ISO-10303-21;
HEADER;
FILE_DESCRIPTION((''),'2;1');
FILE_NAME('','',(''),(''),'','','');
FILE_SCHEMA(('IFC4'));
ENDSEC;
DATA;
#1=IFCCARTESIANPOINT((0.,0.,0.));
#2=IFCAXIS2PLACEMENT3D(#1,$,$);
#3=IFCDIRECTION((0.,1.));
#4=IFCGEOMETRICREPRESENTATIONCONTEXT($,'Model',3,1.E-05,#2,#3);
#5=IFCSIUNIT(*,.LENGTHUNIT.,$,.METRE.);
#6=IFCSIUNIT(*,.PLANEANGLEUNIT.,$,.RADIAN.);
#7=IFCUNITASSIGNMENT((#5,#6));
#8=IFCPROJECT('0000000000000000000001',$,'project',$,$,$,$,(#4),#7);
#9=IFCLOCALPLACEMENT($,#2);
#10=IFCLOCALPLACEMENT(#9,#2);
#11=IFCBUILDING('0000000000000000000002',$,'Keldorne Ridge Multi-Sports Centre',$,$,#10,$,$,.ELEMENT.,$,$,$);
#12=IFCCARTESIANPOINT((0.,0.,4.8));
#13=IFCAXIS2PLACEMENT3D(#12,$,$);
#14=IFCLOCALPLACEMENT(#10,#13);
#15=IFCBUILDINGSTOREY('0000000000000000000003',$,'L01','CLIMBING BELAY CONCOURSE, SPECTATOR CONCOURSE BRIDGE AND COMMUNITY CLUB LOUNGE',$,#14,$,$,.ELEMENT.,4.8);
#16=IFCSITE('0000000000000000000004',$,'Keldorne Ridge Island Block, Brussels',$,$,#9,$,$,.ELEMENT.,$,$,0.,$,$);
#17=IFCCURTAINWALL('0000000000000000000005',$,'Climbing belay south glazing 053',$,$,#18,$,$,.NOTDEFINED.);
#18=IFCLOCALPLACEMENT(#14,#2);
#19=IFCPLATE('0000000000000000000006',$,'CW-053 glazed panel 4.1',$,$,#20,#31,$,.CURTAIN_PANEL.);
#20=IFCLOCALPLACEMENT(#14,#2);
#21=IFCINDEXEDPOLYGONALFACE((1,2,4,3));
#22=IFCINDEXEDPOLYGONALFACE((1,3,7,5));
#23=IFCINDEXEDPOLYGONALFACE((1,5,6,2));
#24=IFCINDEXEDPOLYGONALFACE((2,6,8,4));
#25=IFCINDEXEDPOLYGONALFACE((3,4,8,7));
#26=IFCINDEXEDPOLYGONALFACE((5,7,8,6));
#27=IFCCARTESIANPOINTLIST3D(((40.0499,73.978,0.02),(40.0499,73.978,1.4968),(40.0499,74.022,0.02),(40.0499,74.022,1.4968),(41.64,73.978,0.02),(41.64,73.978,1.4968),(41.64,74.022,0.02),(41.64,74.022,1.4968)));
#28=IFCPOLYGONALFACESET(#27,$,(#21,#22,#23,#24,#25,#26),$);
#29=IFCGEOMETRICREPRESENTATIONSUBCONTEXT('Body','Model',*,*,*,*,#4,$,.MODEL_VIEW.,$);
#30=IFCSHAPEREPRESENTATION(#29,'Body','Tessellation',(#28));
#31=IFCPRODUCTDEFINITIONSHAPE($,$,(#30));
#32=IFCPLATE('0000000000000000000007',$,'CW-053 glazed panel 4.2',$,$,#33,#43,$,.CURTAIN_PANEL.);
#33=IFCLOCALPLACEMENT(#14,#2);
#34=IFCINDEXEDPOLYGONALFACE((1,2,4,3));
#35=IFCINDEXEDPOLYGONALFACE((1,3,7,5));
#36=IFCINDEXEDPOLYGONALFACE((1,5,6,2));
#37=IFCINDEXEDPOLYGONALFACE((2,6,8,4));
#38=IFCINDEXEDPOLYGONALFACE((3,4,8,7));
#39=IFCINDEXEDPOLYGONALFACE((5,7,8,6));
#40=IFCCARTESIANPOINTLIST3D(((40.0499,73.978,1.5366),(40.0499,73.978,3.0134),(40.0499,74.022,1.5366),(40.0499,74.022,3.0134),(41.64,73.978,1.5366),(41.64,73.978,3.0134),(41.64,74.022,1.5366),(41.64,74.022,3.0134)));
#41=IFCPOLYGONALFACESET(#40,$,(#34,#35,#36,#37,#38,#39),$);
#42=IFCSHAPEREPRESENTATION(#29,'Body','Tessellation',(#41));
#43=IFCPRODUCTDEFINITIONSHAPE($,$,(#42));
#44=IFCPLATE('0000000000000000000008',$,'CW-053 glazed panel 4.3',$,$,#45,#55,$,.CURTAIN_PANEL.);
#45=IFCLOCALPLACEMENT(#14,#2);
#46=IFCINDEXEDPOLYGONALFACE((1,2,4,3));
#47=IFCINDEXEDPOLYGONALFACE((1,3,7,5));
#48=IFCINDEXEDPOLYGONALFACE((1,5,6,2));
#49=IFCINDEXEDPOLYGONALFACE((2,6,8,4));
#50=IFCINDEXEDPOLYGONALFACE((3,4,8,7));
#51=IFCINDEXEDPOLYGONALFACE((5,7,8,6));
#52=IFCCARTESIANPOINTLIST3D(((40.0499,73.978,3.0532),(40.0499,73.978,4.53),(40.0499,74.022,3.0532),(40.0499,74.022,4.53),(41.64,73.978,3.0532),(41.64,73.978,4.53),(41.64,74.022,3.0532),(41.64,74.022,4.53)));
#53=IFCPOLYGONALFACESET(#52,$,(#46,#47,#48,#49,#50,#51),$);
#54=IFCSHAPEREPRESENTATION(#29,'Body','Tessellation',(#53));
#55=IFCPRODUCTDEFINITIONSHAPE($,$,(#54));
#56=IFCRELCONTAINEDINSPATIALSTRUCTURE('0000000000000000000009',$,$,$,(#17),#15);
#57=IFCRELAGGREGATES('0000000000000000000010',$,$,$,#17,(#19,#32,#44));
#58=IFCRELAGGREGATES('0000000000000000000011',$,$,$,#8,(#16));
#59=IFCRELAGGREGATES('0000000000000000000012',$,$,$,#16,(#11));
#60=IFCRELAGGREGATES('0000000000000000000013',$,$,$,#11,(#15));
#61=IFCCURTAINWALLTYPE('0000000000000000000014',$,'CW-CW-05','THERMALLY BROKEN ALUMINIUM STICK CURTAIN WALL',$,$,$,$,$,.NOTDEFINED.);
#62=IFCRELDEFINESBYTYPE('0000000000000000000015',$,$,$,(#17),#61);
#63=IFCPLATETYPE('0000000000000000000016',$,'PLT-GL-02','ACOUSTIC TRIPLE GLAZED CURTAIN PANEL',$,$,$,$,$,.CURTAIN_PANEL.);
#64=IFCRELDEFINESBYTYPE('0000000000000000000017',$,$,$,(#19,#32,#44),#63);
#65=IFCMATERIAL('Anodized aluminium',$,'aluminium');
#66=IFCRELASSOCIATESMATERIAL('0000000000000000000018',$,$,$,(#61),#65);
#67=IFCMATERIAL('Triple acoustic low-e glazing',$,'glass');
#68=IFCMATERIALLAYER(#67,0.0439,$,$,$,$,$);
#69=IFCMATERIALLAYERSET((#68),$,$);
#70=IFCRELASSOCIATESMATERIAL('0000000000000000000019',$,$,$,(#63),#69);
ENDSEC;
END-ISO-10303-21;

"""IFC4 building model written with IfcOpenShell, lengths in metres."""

from ifc_helpers import new_model, si_unit, direction, frame, origin, origin_2d, place, context, subcontext, project, spatial, rectangle, extrude, material, layer, layer_set, type_object, element, aggregate, save


model = new_model("IFC4")

# Units and contexts
model_context = context("Model", 3, precision=1e-05, world=origin(), true_north=direction((0.0, 1.0)))
body_context = subcontext(model_context, "Body", "Model", "MODEL_VIEW")
ifc_project = project(units=[si_unit("LENGTHUNIT", "METRE"), si_unit("PLANEANGLEUNIT", "RADIAN")], contexts=[model_context])

# Site, building, storey
site_placement = place(None, origin())
site = spatial("IfcSite", under=ifc_project, at=site_placement, Name="Keldorne Ridge Island Block, Brussels", CompositionType="ELEMENT", RefElevation=0.0)
building_placement = place(site_placement, origin())
building = spatial("IfcBuilding", under=site, at=building_placement, Name="Keldorne Ridge Multi-Sports Centre", CompositionType="ELEMENT")
storey_placement = place(building_placement, frame((0.0, 0.0, 4.8)))
storey = spatial("IfcBuildingStorey", under=building, at=storey_placement, Name="L01", Description="CLIMBING BELAY CONCOURSE, SPECTATOR CONCOURSE BRIDGE AND COMMUNITY CLUB LOUNGE", CompositionType="ELEMENT", Elevation=4.8)

# Curtain wall
ifc_material_1 = material(Name="Anodized aluminium", Category="aluminium")
curtain_wall_type_1 = type_object("IfcCurtainWallType", Name="CW-CW-05", Description="THERMALLY BROKEN ALUMINIUM STICK CURTAIN WALL", PredefinedType="NOTDEFINED", material=ifc_material_1)
curtain_wall_1_placement = place(storey_placement, origin())
curtain_wall_1 = element("IfcCurtainWall", 1, at=curtain_wall_1_placement, inside=storey, type_object=curtain_wall_type_1, Name="Climbing belay south glazing 053", PredefinedType="NOTDEFINED")

# Plates
ifc_material_2 = material(Name="Triple acoustic low-e glazing", Category="glass")
ifc_layer_1 = layer(ifc_material_2, 0.0439)
ifc_layer_set_1 = layer_set([ifc_layer_1])
plate_type_1 = type_object("IfcPlateType", Name="PLT-GL-02", Description="ACOUSTIC TRIPLE GLAZED CURTAIN PANEL", PredefinedType="CURTAIN_PANEL", material=ifc_layer_set_1)
plate_1_placement = place(storey_placement, frame((40.845, 74.0, 0.02), z_axis=(0.0, 0.0, 1.0), x_axis=(1.0, 0.0, 0.0)))
plate_1 = element("IfcPlate", 2, at=plate_1_placement, type_object=plate_type_1, Name="CW-053 glazed panel 4.1", PredefinedType="CURTAIN_PANEL", context=body_context, shape_type="SweptSolid", body=[
    extrude(rectangle(XDim=1.5901, YDim=0.0439, at=origin_2d()), origin(), (0.0, 0.0, 1.0), 1.4768),
])
plate_2_placement = place(storey_placement, frame((40.845, 74.0, 1.5366), z_axis=(0.0, 0.0, 1.0), x_axis=(1.0, 0.0, 0.0)))
plate_2 = element("IfcPlate", 3, at=plate_2_placement, type_object=plate_type_1, Name="CW-053 glazed panel 4.2", PredefinedType="CURTAIN_PANEL", context=body_context, shape_type="SweptSolid", body=[
    extrude(rectangle(XDim=1.5901, YDim=0.0439, at=origin_2d()), origin(), (0.0, 0.0, 1.0), 1.4768),
])
plate_3_placement = place(storey_placement, frame((40.845, 74.0, 3.0532), z_axis=(0.0, 0.0, 1.0), x_axis=(1.0, 0.0, 0.0)))
plate_3 = element("IfcPlate", 4, at=plate_3_placement, type_object=plate_type_1, Name="CW-053 glazed panel 4.3", PredefinedType="CURTAIN_PANEL", context=body_context, shape_type="SweptSolid", body=[
    extrude(rectangle(XDim=1.5901, YDim=0.0439, at=origin_2d()), origin(), (0.0, 0.0, 1.0), 1.4768),
])
aggregate(curtain_wall_1, [plate_1, plate_2, plate_3])

save(model, "model.ifc")
